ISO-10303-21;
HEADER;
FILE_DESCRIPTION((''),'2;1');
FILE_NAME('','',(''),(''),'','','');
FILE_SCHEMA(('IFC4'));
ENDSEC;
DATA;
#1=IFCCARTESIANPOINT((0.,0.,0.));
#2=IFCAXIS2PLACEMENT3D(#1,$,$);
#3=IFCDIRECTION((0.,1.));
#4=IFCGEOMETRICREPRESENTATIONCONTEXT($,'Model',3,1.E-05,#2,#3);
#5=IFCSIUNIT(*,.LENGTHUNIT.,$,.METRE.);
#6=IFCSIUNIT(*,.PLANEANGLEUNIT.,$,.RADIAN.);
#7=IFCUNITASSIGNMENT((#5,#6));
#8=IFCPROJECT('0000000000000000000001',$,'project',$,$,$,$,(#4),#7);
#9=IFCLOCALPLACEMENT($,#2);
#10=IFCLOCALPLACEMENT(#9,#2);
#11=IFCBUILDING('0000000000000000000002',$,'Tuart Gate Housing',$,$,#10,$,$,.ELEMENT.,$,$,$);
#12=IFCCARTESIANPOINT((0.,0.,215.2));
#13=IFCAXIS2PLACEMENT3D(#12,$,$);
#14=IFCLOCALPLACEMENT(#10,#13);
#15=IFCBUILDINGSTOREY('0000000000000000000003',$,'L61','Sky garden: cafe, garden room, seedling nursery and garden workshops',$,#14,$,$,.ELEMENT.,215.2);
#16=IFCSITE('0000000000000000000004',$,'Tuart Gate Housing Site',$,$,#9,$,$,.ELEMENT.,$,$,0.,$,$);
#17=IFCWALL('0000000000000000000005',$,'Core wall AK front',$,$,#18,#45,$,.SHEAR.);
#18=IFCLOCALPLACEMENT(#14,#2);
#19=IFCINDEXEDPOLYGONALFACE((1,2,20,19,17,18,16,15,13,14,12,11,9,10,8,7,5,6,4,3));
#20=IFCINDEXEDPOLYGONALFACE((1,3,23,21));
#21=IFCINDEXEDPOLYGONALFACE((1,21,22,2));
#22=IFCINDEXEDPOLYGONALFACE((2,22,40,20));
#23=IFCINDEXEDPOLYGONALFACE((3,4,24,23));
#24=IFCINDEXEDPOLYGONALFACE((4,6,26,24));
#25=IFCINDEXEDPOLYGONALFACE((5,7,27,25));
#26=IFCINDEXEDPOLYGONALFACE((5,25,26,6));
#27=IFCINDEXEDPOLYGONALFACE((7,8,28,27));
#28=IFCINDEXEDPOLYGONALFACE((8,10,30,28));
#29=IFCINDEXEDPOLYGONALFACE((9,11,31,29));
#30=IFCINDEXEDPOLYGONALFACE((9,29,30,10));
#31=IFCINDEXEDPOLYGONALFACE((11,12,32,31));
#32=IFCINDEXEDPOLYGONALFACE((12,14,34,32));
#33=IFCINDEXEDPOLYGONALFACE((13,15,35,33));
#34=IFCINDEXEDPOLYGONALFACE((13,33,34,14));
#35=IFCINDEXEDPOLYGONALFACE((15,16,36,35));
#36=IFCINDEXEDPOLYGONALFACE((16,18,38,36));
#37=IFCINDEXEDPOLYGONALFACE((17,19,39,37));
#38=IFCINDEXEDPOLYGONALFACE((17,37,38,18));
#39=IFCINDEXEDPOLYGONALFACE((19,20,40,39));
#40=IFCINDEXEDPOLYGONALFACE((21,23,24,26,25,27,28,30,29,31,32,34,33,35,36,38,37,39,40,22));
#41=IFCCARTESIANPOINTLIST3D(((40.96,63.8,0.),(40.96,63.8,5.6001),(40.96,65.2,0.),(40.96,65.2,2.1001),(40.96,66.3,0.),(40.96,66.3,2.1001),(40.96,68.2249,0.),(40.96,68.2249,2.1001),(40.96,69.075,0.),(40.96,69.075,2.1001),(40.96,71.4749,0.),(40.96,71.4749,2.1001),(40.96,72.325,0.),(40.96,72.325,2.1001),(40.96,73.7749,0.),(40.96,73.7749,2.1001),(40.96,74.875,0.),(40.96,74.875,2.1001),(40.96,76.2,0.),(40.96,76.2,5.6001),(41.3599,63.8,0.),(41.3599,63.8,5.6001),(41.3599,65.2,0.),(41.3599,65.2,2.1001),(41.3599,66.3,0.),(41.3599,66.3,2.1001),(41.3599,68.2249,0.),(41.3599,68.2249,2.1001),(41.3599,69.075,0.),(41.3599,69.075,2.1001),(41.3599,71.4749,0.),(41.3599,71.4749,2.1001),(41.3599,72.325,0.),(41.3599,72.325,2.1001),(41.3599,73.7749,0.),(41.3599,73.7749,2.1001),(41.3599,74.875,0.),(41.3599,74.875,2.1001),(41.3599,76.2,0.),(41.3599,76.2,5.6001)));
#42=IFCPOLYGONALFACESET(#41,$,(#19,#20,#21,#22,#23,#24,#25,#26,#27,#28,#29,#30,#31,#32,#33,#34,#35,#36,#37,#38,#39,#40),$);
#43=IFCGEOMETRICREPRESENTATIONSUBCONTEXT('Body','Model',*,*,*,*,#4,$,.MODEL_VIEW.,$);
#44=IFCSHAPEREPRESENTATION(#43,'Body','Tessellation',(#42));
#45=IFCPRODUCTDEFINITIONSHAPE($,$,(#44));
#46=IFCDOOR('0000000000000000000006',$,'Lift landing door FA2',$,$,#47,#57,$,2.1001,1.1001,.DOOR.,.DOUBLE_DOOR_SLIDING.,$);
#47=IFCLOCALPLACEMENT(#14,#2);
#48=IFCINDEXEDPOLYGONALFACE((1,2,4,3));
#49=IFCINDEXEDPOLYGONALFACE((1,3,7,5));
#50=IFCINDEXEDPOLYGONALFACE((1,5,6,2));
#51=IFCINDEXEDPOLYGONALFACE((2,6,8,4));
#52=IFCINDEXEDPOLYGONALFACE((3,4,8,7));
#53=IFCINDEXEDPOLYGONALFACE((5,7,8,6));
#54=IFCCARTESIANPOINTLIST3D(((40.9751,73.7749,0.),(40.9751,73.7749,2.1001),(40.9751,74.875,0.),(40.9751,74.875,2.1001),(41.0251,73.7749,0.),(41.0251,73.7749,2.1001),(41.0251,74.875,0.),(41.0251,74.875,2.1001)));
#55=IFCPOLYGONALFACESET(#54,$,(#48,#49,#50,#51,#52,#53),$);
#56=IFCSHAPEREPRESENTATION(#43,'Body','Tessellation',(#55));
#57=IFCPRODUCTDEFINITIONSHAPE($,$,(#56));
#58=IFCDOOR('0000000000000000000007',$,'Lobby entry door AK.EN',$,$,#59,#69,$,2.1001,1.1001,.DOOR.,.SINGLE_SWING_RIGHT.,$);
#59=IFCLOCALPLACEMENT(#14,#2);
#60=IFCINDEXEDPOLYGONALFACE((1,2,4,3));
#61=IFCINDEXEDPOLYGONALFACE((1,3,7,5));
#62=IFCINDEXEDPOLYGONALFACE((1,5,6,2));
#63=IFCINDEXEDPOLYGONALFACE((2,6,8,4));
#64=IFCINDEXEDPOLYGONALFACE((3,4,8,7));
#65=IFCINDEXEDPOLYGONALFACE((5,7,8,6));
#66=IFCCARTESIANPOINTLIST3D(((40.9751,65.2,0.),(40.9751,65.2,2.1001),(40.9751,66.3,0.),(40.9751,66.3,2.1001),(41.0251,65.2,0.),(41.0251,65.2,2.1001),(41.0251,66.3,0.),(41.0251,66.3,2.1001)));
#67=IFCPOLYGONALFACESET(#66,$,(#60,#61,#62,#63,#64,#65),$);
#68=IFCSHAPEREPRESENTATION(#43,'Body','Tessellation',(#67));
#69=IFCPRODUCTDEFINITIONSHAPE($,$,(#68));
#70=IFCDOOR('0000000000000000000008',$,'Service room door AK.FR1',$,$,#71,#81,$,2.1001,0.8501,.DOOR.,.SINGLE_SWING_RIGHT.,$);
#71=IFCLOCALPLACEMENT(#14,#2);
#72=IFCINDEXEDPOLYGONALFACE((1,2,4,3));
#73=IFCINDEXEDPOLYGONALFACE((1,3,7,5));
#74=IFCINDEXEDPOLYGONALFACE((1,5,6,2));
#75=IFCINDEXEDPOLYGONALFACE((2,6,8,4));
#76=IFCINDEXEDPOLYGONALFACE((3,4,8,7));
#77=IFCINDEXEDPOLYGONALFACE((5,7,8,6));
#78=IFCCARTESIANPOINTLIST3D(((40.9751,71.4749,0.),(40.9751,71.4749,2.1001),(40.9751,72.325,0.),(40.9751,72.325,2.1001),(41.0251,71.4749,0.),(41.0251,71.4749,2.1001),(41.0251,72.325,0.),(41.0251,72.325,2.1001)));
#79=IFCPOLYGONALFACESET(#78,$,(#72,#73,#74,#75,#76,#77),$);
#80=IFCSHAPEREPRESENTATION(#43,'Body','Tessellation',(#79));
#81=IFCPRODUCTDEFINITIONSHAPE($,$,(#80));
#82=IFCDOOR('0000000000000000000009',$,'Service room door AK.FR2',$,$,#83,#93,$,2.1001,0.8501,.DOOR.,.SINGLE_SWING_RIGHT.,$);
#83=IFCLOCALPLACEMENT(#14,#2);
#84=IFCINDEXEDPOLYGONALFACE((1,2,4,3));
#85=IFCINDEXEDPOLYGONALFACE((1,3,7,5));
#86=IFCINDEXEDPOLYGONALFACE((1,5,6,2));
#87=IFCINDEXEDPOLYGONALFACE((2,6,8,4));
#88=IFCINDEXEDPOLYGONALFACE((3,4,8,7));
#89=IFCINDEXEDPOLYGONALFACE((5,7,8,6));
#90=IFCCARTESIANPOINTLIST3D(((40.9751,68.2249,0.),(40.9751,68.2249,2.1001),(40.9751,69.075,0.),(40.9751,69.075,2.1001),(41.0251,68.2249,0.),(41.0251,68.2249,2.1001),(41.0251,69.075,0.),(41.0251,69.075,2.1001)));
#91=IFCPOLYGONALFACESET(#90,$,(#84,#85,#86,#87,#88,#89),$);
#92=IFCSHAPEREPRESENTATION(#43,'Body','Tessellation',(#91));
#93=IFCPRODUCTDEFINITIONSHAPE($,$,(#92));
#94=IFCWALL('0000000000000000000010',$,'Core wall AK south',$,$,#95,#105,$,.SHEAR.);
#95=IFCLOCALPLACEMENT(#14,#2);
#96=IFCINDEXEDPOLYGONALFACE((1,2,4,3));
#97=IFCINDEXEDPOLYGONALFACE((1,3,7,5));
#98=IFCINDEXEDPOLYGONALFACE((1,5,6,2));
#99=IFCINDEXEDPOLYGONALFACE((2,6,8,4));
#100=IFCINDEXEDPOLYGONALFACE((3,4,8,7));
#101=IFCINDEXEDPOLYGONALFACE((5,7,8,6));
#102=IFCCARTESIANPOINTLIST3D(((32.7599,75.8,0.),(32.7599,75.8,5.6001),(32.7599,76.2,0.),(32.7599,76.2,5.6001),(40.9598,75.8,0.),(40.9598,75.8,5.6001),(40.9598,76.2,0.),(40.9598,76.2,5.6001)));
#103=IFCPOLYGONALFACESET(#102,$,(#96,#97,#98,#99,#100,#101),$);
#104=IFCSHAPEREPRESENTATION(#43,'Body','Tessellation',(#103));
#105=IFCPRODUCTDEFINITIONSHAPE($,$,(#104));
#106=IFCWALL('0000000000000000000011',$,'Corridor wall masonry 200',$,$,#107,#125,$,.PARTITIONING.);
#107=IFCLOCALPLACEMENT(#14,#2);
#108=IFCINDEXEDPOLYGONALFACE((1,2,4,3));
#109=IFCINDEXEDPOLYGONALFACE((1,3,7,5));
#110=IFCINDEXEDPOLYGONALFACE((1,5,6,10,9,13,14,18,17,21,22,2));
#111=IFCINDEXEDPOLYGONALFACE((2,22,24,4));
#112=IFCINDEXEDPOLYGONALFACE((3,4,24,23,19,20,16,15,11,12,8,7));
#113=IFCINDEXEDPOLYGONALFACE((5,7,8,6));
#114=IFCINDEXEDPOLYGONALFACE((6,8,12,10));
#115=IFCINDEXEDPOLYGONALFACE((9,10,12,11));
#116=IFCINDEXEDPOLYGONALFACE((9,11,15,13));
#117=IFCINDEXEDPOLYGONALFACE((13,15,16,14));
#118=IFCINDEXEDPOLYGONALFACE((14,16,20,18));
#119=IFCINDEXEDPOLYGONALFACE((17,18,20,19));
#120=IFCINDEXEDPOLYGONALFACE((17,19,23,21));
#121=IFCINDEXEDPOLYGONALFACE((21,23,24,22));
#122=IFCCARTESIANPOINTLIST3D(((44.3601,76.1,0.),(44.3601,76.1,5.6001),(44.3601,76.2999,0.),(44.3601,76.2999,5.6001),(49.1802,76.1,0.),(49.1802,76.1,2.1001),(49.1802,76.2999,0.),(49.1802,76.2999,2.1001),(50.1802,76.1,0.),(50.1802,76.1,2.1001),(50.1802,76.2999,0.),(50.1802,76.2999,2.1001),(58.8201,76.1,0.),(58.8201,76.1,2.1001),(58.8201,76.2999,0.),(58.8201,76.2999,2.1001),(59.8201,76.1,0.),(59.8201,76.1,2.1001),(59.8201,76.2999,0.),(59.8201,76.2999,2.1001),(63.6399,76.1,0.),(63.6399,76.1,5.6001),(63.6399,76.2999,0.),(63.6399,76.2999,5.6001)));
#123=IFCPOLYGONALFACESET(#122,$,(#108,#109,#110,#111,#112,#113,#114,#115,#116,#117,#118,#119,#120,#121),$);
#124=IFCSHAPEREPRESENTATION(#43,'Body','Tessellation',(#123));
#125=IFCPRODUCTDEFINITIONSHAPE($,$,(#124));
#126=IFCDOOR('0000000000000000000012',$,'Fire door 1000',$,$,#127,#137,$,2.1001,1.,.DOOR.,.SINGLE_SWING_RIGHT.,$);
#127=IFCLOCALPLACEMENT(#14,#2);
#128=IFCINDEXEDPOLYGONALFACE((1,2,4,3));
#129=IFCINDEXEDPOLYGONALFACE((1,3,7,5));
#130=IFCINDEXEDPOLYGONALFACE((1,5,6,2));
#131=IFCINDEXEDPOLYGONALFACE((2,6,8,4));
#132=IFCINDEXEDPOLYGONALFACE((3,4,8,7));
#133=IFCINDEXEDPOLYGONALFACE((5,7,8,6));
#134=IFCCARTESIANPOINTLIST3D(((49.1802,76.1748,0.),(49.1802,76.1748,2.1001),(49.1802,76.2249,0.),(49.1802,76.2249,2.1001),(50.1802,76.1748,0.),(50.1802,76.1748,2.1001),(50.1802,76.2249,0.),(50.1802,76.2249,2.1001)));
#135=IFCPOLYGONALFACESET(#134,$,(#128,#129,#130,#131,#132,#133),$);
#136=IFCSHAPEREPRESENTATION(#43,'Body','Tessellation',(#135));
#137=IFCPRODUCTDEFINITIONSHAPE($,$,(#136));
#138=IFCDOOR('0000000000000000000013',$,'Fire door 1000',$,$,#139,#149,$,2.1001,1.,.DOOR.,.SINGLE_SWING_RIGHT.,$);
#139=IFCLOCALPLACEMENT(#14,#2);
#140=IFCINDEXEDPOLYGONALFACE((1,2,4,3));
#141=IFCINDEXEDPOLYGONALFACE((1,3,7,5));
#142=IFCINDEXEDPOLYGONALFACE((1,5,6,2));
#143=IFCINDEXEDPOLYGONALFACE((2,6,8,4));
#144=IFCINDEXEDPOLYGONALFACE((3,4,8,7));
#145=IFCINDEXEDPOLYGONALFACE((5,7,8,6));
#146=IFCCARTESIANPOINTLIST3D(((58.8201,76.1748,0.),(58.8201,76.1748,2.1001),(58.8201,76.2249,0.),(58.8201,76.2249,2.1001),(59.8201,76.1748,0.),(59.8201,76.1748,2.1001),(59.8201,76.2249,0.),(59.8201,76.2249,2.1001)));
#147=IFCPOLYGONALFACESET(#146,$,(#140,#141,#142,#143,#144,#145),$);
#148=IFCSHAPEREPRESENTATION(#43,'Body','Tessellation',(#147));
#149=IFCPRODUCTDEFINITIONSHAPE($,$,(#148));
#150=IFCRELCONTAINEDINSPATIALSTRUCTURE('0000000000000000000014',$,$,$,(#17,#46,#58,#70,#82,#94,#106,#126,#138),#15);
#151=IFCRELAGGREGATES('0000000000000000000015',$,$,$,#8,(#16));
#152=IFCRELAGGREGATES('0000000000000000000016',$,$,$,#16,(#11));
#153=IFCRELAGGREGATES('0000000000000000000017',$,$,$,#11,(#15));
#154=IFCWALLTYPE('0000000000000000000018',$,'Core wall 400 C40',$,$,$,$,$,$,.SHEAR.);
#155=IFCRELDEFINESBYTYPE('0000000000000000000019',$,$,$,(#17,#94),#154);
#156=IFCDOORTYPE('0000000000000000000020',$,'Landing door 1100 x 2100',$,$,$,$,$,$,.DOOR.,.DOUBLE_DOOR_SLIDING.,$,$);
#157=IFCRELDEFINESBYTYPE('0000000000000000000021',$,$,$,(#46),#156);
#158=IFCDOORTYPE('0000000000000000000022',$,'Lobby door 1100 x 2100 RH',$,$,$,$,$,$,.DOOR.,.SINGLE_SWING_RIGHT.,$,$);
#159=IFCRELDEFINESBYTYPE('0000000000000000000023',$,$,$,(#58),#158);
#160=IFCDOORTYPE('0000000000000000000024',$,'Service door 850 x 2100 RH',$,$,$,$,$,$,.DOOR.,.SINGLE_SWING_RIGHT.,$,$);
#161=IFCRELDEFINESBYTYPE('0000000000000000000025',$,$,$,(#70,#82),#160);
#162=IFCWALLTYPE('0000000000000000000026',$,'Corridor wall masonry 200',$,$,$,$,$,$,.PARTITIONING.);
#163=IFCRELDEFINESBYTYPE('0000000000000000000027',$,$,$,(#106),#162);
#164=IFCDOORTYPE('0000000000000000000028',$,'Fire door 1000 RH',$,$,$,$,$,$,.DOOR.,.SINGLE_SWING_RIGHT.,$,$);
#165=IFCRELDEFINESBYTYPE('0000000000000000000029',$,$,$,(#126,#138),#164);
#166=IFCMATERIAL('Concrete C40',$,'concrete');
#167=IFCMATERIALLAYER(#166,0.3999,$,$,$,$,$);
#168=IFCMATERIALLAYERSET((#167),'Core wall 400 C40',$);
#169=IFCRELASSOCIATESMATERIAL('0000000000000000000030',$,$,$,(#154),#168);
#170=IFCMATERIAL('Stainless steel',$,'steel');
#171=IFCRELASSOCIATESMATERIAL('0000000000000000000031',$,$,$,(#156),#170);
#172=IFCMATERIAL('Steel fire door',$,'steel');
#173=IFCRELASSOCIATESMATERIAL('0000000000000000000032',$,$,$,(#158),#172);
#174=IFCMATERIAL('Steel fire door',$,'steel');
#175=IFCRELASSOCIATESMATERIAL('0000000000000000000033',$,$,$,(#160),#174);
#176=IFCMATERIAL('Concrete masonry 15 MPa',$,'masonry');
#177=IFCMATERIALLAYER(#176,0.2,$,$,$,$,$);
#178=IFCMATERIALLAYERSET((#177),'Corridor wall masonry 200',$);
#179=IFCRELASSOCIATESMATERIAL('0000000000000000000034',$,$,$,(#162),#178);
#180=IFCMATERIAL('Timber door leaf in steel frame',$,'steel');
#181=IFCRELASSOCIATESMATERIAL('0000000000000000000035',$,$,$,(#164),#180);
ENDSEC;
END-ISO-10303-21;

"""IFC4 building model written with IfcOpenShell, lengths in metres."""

from ifc_helpers import new_model, si_unit, direction, frame, frame_2d, origin, place, context, subcontext, project, spatial, rectangle, extrude, material, layer, layer_set, type_object, element, fill, save


model = new_model("IFC4")

# Units and contexts
model_context = context("Model", 3, precision=1e-05, world=origin(), true_north=direction((0.0, 1.0)))
body_context = subcontext(model_context, "Body", "Model", "MODEL_VIEW")
ifc_project = project(units=[si_unit("LENGTHUNIT", "METRE"), si_unit("PLANEANGLEUNIT", "RADIAN")], contexts=[model_context])

# Site, building, storey
site_placement = place(None, origin())
site = spatial("IfcSite", under=ifc_project, at=site_placement, Name="Tuart Gate Housing Site", CompositionType="ELEMENT", RefElevation=0.0)
building_placement = place(site_placement, origin())
building = spatial("IfcBuilding", under=site, at=building_placement, Name="Tuart Gate Housing", CompositionType="ELEMENT")
storey_placement = place(building_placement, frame((0.0, 0.0, 215.2)))
storey = spatial("IfcBuildingStorey", under=building, at=storey_placement, Name="L61", Description="Sky garden: cafe, garden room, seedling nursery and garden workshops", CompositionType="ELEMENT", Elevation=215.2)

# Shared definitions
ifc_material_1 = material(Name="Concrete C40", Category="concrete")
ifc_layer_1 = layer(ifc_material_1, 0.3999)
ifc_layer_set_1 = layer_set([ifc_layer_1], Name="Core wall 400 C40")
wall_type_1 = type_object("IfcWallType", Name="Core wall 400 C40", PredefinedType="SHEAR", material=ifc_layer_set_1)

# Wall, openings, doors
wall_1_placement = place(storey_placement, frame((41.1599, 76.2, 0.0), z_axis=(0.0, 0.0, 1.0), x_axis=(0.0, -1.0, 0.0)))
wall_1 = element("IfcWall", 1, at=wall_1_placement, inside=storey, type_object=wall_type_1, Name="Core wall AK front", PredefinedType="SHEAR", context=body_context, shape_type="SweptSolid", body=[
    extrude(rectangle(XDim=12.3999, YDim=0.3999, at=frame_2d((6.2, 0.0))), origin(), (0.0, 0.0, 1.0), 5.6001),
])
opening_1_placement = place(wall_1_placement, frame((1.325, 0.0, 0.0)))
opening_1 = element("IfcOpeningElement", 2, at=opening_1_placement, cuts=wall_1, PredefinedType="OPENING", context=body_context, shape_type="SweptSolid", body=[
    extrude(rectangle(XDim=1.1001, YDim=2.1001, at=frame_2d((0.55, 1.05))), frame((0.0, 0.21, 0.0), z_axis=(0.0, -1.0, 0.0), x_axis=(1.0, 0.0, 0.0)), (0.0, 0.0, 1.0), 0.4199),
])
opening_2_placement = place(wall_1_placement, frame((3.875, 0.0, 0.0)))
opening_2 = element("IfcOpeningElement", 3, at=opening_2_placement, cuts=wall_1, PredefinedType="OPENING", context=body_context, shape_type="SweptSolid", body=[
    extrude(rectangle(XDim=0.8501, YDim=2.1001, at=frame_2d((0.425, 1.05))), frame((0.0, 0.21, 0.0), z_axis=(0.0, -1.0, 0.0), x_axis=(1.0, 0.0, 0.0)), (0.0, 0.0, 1.0), 0.4199),
])
opening_3_placement = place(wall_1_placement, frame((7.125, 0.0, 0.0)))
opening_3 = element("IfcOpeningElement", 4, at=opening_3_placement, cuts=wall_1, PredefinedType="OPENING", context=body_context, shape_type="SweptSolid", body=[
    extrude(rectangle(XDim=0.8501, YDim=2.1001, at=frame_2d((0.425, 1.05))), frame((0.0, 0.21, 0.0), z_axis=(0.0, -1.0, 0.0), x_axis=(1.0, 0.0, 0.0)), (0.0, 0.0, 1.0), 0.4199),
])
opening_4_placement = place(wall_1_placement, frame((9.8999, 0.0, 0.0)))
opening_4 = element("IfcOpeningElement", 5, at=opening_4_placement, cuts=wall_1, PredefinedType="OPENING", context=body_context, shape_type="SweptSolid", body=[
    extrude(rectangle(XDim=1.1001, YDim=2.1001, at=frame_2d((0.55, 1.05))), frame((0.0, 0.21, 0.0), z_axis=(0.0, -1.0, 0.0), x_axis=(1.0, 0.0, 0.0)), (0.0, 0.0, 1.0), 0.4199),
])
ifc_material_2 = material(Name="Stainless steel", Category="steel")
door_type_1 = type_object("IfcDoorType", Name="Landing door 1100 x 2100", OperationType="DOUBLE_DOOR_SLIDING", PredefinedType="DOOR", material=ifc_material_2)
door_1_placement = place(opening_1_placement, origin())
door_1 = element("IfcDoor", 6, at=door_1_placement, inside=storey, type_object=door_type_1, Name="Lift landing door FA2", OperationType="DOUBLE_DOOR_SLIDING", OverallHeight=2.1001, OverallWidth=1.1001, PredefinedType="DOOR", context=body_context, shape_type="SweptSolid", body=[
    extrude(rectangle(XDim=1.1001, YDim=2.1001, at=frame_2d((0.55, 1.05))), frame((0.0, -0.1348, 0.0), z_axis=(0.0, -1.0, 0.0), x_axis=(1.0, 0.0, 0.0)), (0.0, 0.0, 1.0), 0.05),
])
fill(opening_1, door_1)
ifc_material_3 = material(Name="Steel fire door", Category="steel")
door_type_2 = type_object("IfcDoorType", Name="Lobby door 1100 x 2100 RH", OperationType="SINGLE_SWING_RIGHT", PredefinedType="DOOR", material=ifc_material_3)
door_2_placement = place(opening_4_placement, frame((1.1001, 0.0, 0.0), z_axis=(0.0, 0.0, 1.0), x_axis=(-1.0, 0.0, 0.0)))
door_2 = element("IfcDoor", 7, at=door_2_placement, inside=storey, type_object=door_type_2, Name="Lobby entry door AK.EN", OperationType="SINGLE_SWING_RIGHT", OverallHeight=2.1001, OverallWidth=1.1001, PredefinedType="DOOR", context=body_context, shape_type="SweptSolid", body=[
    extrude(rectangle(XDim=1.1001, YDim=2.1001, at=frame_2d((0.55, 1.05))), frame((0.0, 0.1848, 0.0), z_axis=(0.0, -1.0, 0.0), x_axis=(1.0, 0.0, 0.0)), (0.0, 0.0, 1.0), 0.05),
])
fill(opening_4, door_2)
ifc_material_4 = material(Name="Steel fire door", Category="steel")
door_type_3 = type_object("IfcDoorType", Name="Service door 850 x 2100 RH", OperationType="SINGLE_SWING_RIGHT", PredefinedType="DOOR", material=ifc_material_4)
door_3_placement = place(opening_2_placement, frame((0.8501, 0.0, 0.0), z_axis=(0.0, 0.0, 1.0), x_axis=(-1.0, 0.0, 0.0)))
door_3 = element("IfcDoor", 8, at=door_3_placement, inside=storey, type_object=door_type_3, Name="Service room door AK.FR1", OperationType="SINGLE_SWING_RIGHT", OverallHeight=2.1001, OverallWidth=0.8501, PredefinedType="DOOR", context=body_context, shape_type="SweptSolid", body=[
    extrude(rectangle(XDim=0.8501, YDim=2.1001, at=frame_2d((0.425, 1.05))), frame((0.0, 0.1848, 0.0), z_axis=(0.0, -1.0, 0.0), x_axis=(1.0, 0.0, 0.0)), (0.0, 0.0, 1.0), 0.05),
])
fill(opening_2, door_3)
door_4_placement = place(opening_3_placement, frame((0.8501, 0.0, 0.0), z_axis=(0.0, 0.0, 1.0), x_axis=(-1.0, 0.0, 0.0)))
door_4 = element("IfcDoor", 9, at=door_4_placement, inside=storey, type_object=door_type_3, Name="Service room door AK.FR2", OperationType="SINGLE_SWING_RIGHT", OverallHeight=2.1001, OverallWidth=0.8501, PredefinedType="DOOR", context=body_context, shape_type="SweptSolid", body=[
    extrude(rectangle(XDim=0.8501, YDim=2.1001, at=frame_2d((0.425, 1.05))), frame((0.0, 0.1848, 0.0), z_axis=(0.0, -1.0, 0.0), x_axis=(1.0, 0.0, 0.0)), (0.0, 0.0, 1.0), 0.05),
])
fill(opening_3, door_4)

# Wall
wall_2_placement = place(storey_placement, frame((40.96, 76.0, 0.0), z_axis=(0.0, 0.0, 1.0), x_axis=(-1.0, 0.0, 0.0)))
element("IfcWall", 10, at=wall_2_placement, inside=storey, type_object=wall_type_1, Name="Core wall AK south", PredefinedType="SHEAR", context=body_context, shape_type="SweptSolid", body=[
    extrude(rectangle(XDim=8.2, YDim=0.3999, at=frame_2d((4.1001, 0.0))), origin(), (0.0, 0.0, 1.0), 5.6001),
])

# Wall, openings, doors
ifc_material_5 = material(Name="Concrete masonry 15 MPa", Category="masonry")
ifc_layer_2 = layer(ifc_material_5, 0.2)
ifc_layer_set_2 = layer_set([ifc_layer_2], Name="Corridor wall masonry 200")
wall_type_2 = type_object("IfcWallType", Name="Corridor wall masonry 200", PredefinedType="PARTITIONING", material=ifc_layer_set_2)
wall_3_placement = place(storey_placement, frame((44.3601, 76.2, 0.0), z_axis=(0.0, 0.0, 1.0), x_axis=(1.0, 0.0, 0.0)))
wall_3 = element("IfcWall", 11, at=wall_3_placement, inside=storey, type_object=wall_type_2, Name="Corridor wall masonry 200", PredefinedType="PARTITIONING", context=body_context, shape_type="SweptSolid", body=[
    extrude(rectangle(XDim=19.2798, YDim=0.2, at=frame_2d((9.6399, 0.0))), origin(), (0.0, 0.0, 1.0), 5.6001),
])
opening_5_placement = place(wall_3_placement, frame((4.8201, 0.0, 0.0)))
opening_5 = element("IfcOpeningElement", 12, at=opening_5_placement, cuts=wall_3, PredefinedType="OPENING", context=body_context, shape_type="SweptSolid", body=[
    extrude(rectangle(XDim=1.0, YDim=2.1001, at=frame_2d((0.5, 1.05))), frame((0.0, 0.1099, 0.0), z_axis=(0.0, -1.0, 0.0), x_axis=(1.0, 0.0, 0.0)), (0.0, 0.0, 1.0), 0.22),
])
opening_6_placement = place(wall_3_placement, frame((14.46, 0.0, 0.0)))
opening_6 = element("IfcOpeningElement", 13, at=opening_6_placement, cuts=wall_3, PredefinedType="OPENING", context=body_context, shape_type="SweptSolid", body=[
    extrude(rectangle(XDim=1.0, YDim=2.1001, at=frame_2d((0.5, 1.05))), frame((0.0, 0.1099, 0.0), z_axis=(0.0, -1.0, 0.0), x_axis=(1.0, 0.0, 0.0)), (0.0, 0.0, 1.0), 0.22),
])
ifc_material_6 = material(Name="Timber door leaf in steel frame", Category="steel")
door_type_4 = type_object("IfcDoorType", Name="Fire door 1000 RH", OperationType="SINGLE_SWING_RIGHT", PredefinedType="DOOR", material=ifc_material_6)
door_5_placement = place(opening_5_placement, frame((1.0, 0.0, 0.0), z_axis=(0.0, 0.0, 1.0), x_axis=(-1.0, 0.0, 0.0)))
door_5 = element("IfcDoor", 14, at=door_5_placement, inside=storey, type_object=door_type_4, Name="Fire door 1000", OperationType="SINGLE_SWING_RIGHT", OverallHeight=2.1001, OverallWidth=1.0, PredefinedType="DOOR", context=body_context, shape_type="SweptSolid", body=[
    extrude(rectangle(XDim=1.0, YDim=2.1001, at=frame_2d((0.5, 1.05))), frame((0.0, 0.0251, 0.0), z_axis=(0.0, -1.0, 0.0), x_axis=(1.0, 0.0, 0.0)), (0.0, 0.0, 1.0), 0.05),
])
fill(opening_5, door_5)
door_6_placement = place(opening_6_placement, frame((1.0, 0.0, 0.0), z_axis=(0.0, 0.0, 1.0), x_axis=(-1.0, 0.0, 0.0)))
door_6 = element("IfcDoor", 15, at=door_6_placement, inside=storey, type_object=door_type_4, Name="Fire door 1000", OperationType="SINGLE_SWING_RIGHT", OverallHeight=2.1001, OverallWidth=1.0, PredefinedType="DOOR", context=body_context, shape_type="SweptSolid", body=[
    extrude(rectangle(XDim=1.0, YDim=2.1001, at=frame_2d((0.5, 1.05))), frame((0.0, 0.0251, 0.0), z_axis=(0.0, -1.0, 0.0), x_axis=(1.0, 0.0, 0.0)), (0.0, 0.0, 1.0), 0.05),
])
fill(opening_6, door_6)

save(model, "model.ifc")
